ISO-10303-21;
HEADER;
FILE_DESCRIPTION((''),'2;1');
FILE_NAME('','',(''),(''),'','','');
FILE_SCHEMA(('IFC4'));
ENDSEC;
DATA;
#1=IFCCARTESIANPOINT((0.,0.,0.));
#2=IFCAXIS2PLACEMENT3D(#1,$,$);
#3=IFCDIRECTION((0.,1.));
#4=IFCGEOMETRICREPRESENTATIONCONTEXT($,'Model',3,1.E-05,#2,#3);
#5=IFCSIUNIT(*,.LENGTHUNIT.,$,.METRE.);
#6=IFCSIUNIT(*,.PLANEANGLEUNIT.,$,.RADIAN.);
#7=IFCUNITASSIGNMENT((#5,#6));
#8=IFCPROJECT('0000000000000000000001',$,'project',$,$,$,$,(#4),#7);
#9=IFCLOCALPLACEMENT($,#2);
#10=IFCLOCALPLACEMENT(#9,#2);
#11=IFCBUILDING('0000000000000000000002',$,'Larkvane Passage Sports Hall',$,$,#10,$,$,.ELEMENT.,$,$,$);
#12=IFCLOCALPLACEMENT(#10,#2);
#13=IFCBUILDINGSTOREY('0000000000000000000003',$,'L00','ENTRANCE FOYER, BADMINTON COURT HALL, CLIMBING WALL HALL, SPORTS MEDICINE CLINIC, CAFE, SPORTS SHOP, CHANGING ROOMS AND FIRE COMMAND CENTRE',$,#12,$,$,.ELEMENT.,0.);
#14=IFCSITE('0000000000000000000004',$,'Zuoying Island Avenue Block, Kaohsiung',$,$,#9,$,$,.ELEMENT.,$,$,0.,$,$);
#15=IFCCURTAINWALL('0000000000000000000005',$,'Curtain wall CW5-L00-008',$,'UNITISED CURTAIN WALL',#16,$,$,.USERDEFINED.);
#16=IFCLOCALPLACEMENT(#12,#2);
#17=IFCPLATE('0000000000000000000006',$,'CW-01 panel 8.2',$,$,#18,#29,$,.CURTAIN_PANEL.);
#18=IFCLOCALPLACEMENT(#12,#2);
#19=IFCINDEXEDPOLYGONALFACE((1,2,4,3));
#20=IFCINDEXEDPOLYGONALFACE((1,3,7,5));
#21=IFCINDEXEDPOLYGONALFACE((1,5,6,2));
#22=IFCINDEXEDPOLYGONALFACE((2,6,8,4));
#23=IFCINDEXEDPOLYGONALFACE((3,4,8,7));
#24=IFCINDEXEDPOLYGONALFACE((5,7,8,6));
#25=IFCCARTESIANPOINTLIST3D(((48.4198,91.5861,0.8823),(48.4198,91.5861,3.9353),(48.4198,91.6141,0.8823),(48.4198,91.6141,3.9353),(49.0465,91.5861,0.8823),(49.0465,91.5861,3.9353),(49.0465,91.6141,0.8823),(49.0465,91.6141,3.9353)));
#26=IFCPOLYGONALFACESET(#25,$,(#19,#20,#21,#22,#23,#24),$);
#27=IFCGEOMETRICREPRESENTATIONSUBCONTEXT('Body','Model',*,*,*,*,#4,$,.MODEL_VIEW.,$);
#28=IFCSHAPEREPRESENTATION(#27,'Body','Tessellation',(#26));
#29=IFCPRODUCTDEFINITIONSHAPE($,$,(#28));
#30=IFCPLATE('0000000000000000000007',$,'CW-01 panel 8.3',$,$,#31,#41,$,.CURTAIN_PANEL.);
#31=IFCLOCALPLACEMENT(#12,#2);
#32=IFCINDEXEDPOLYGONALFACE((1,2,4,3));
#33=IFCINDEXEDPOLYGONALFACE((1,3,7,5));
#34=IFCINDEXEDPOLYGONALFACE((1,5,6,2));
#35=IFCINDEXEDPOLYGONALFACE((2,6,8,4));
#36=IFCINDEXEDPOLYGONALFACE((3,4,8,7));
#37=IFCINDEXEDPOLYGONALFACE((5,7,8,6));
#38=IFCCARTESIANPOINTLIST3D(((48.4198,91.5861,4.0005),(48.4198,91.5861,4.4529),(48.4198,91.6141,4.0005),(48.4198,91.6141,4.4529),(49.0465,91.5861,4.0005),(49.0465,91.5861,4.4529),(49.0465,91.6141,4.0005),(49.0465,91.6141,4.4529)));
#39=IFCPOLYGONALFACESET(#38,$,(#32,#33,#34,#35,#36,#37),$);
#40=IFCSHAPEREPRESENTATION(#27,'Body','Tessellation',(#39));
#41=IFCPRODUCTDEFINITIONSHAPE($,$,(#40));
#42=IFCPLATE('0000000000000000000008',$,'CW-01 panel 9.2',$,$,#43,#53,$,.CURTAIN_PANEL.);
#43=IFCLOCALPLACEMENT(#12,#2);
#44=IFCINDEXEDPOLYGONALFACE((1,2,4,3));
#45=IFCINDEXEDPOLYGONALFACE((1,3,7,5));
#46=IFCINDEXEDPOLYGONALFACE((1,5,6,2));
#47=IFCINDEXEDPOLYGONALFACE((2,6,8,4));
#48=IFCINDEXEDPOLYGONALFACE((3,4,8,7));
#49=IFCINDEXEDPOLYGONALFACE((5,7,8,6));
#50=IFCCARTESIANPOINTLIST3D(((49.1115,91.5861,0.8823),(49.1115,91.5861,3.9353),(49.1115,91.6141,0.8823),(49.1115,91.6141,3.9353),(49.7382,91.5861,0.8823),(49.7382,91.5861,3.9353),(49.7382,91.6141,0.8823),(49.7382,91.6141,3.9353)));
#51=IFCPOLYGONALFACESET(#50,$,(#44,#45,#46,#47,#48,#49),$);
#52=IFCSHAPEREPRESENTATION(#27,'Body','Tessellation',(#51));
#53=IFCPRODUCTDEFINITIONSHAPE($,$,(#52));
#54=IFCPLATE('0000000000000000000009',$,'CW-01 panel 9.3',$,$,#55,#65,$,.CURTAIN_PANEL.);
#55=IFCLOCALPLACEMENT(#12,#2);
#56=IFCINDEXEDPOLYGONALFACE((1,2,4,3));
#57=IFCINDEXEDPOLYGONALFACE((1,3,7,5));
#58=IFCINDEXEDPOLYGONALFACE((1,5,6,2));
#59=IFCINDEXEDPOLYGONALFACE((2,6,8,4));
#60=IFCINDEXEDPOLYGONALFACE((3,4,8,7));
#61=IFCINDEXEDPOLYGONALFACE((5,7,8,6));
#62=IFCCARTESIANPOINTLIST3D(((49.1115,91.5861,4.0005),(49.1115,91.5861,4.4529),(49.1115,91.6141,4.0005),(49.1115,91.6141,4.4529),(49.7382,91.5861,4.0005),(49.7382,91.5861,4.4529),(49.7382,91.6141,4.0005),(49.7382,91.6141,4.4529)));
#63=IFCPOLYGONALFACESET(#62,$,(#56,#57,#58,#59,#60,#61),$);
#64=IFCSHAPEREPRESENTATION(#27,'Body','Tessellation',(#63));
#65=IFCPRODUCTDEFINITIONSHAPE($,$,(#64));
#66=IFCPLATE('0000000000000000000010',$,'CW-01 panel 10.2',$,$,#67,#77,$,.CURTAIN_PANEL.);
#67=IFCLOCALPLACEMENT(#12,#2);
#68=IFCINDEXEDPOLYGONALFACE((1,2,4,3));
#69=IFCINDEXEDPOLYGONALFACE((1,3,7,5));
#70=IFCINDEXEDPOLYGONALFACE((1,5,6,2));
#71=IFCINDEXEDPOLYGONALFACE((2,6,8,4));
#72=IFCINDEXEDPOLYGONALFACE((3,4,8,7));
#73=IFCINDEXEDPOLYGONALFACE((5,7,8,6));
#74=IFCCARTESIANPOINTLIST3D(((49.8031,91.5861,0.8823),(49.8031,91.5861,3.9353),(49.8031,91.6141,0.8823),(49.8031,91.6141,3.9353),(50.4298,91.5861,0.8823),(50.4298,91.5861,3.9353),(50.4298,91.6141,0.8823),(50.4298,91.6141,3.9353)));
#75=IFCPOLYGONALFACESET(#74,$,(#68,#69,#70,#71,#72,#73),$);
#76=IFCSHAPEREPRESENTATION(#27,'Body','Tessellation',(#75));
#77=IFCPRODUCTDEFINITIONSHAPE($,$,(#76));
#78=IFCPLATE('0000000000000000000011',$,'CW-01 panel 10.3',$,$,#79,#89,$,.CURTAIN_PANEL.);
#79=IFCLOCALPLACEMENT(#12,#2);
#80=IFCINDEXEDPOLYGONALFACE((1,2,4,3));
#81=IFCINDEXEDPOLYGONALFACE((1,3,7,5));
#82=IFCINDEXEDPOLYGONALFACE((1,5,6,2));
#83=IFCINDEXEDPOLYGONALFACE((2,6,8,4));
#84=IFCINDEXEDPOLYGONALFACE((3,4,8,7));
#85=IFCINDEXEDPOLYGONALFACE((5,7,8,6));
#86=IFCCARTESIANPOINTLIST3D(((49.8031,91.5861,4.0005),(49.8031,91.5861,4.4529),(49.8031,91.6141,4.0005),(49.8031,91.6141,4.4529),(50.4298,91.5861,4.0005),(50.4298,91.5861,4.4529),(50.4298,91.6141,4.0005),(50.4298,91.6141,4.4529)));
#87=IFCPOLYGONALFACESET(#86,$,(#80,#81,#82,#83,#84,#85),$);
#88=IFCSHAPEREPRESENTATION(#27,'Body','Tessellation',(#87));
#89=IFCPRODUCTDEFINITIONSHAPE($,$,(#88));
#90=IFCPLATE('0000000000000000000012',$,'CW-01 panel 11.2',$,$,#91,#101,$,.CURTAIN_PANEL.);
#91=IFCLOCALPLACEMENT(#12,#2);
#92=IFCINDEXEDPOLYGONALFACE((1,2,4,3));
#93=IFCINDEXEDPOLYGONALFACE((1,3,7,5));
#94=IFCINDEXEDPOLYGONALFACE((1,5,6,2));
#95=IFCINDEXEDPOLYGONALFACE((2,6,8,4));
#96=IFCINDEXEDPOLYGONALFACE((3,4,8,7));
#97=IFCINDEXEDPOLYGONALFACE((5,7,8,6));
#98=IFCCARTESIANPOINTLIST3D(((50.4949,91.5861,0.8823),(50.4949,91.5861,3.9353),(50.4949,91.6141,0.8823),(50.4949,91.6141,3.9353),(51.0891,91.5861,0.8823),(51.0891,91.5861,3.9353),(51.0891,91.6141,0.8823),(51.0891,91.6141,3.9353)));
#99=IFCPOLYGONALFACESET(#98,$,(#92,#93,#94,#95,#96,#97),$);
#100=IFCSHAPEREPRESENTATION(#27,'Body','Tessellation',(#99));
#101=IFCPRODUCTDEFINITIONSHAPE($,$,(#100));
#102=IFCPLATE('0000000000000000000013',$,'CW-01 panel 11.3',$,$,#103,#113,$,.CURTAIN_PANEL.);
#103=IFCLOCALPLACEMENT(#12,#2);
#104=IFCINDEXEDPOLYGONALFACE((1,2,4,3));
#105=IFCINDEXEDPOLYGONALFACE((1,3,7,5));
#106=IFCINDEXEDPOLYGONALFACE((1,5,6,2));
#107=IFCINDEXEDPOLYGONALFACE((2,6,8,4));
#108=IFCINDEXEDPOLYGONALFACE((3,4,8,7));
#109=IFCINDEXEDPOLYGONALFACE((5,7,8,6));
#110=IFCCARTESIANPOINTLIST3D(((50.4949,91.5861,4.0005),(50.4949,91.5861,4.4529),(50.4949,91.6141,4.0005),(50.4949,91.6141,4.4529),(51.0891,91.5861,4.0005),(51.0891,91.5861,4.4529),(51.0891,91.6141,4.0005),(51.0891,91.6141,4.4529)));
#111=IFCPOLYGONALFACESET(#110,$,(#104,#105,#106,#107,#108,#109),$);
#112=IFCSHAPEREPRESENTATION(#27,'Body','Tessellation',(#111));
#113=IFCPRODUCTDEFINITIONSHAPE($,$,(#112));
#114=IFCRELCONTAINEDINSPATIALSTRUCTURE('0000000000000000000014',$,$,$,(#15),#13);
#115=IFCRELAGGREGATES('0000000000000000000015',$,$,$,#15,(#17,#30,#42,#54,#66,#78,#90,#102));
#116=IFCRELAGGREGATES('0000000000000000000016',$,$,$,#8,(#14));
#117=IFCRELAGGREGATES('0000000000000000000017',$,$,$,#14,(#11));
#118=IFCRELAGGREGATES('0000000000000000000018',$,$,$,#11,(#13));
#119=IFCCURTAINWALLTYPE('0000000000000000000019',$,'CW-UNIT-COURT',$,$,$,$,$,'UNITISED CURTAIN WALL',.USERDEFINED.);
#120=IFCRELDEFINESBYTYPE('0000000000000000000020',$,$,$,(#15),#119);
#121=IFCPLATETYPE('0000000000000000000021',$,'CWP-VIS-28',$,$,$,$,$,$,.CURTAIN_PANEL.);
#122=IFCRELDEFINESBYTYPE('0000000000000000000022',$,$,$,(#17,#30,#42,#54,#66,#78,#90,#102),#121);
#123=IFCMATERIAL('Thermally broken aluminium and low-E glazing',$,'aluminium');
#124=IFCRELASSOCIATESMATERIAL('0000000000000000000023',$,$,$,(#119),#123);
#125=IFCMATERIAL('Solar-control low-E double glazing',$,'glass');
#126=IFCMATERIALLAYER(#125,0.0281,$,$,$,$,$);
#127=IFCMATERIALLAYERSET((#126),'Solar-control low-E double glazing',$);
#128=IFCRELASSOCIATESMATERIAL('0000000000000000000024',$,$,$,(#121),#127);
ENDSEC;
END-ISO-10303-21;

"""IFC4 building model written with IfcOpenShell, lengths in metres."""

from ifc_helpers import new_model, si_unit, direction, frame, origin, origin_2d, place, context, subcontext, project, spatial, rectangle, extrude, material, layer, layer_set, type_object, element, aggregate, save


model = new_model("IFC4")

# Units and contexts
model_context = context("Model", 3, precision=1e-05, world=origin(), true_north=direction((0.0, 1.0)))
body_context = subcontext(model_context, "Body", "Model", "MODEL_VIEW")
ifc_project = project(units=[si_unit("LENGTHUNIT", "METRE"), si_unit("PLANEANGLEUNIT", "RADIAN")], contexts=[model_context])

# Site, building, storey
site_placement = place(None, origin())
site = spatial("IfcSite", under=ifc_project, at=site_placement, Name="Zuoying Island Avenue Block, Kaohsiung", CompositionType="ELEMENT", RefElevation=0.0)
building_placement = place(site_placement, origin())
building = spatial("IfcBuilding", under=site, at=building_placement, Name="Larkvane Passage Sports Hall", CompositionType="ELEMENT")
storey_placement = place(building_placement, origin())
storey = spatial("IfcBuildingStorey", under=building, at=storey_placement, Name="L00", Description="ENTRANCE FOYER, BADMINTON COURT HALL, CLIMBING WALL HALL, SPORTS MEDICINE CLINIC, CAFE, SPORTS SHOP, CHANGING ROOMS AND FIRE COMMAND CENTRE", CompositionType="ELEMENT", Elevation=0.0)

# Curtain wall, plates
ifc_material_1 = material(Name="Thermally broken aluminium and low-E glazing", Category="aluminium")
curtain_wall_type = type_object("IfcCurtainWallType", Name="CW-UNIT-COURT", ElementType="UNITISED CURTAIN WALL", PredefinedType="USERDEFINED", material=ifc_material_1)
curtain_wall_placement = place(storey_placement, origin())
curtain_wall = element("IfcCurtainWall", 1, at=curtain_wall_placement, inside=storey, type_object=curtain_wall_type, Name="Curtain wall CW5-L00-008", ObjectType="UNITISED CURTAIN WALL", PredefinedType="USERDEFINED")
ifc_material_2 = material(Name="Solar-control low-E double glazing", Category="glass")
ifc_layer = layer(ifc_material_2, 0.0281)
ifc_layer_set = layer_set([ifc_layer], Name="Solar-control low-E double glazing")
plate_type = type_object("IfcPlateType", Name="CWP-VIS-28", PredefinedType="CURTAIN_PANEL", material=ifc_layer_set)
plate_1_placement = place(storey_placement, frame((48.7332, 91.6001, 0.8823), z_axis=(0.0, 0.0, 1.0), x_axis=(1.0, 0.0, 0.0)))
plate_1 = element("IfcPlate", 2, at=plate_1_placement, type_object=plate_type, Name="CW-01 panel 8.2", PredefinedType="CURTAIN_PANEL", context=body_context, shape_type="SweptSolid", body=[
    extrude(rectangle(XDim=0.6267, YDim=0.0281, at=origin_2d()), origin(), (0.0, 0.0, 1.0), 3.053),
])
plate_2_placement = place(storey_placement, frame((48.7332, 91.6001, 4.0005), z_axis=(0.0, 0.0, 1.0), x_axis=(1.0, 0.0, 0.0)))
plate_2 = element("IfcPlate", 3, at=plate_2_placement, type_object=plate_type, Name="CW-01 panel 8.3", PredefinedType="CURTAIN_PANEL", context=body_context, shape_type="SweptSolid", body=[
    extrude(rectangle(XDim=0.6267, YDim=0.0281, at=origin_2d()), origin(), (0.0, 0.0, 1.0), 0.4524),
])
plate_3_placement = place(storey_placement, frame((49.4248, 91.6001, 0.8823), z_axis=(0.0, 0.0, 1.0), x_axis=(1.0, 0.0, 0.0)))
plate_3 = element("IfcPlate", 4, at=plate_3_placement, type_object=plate_type, Name="CW-01 panel 9.2", PredefinedType="CURTAIN_PANEL", context=body_context, shape_type="SweptSolid", body=[
    extrude(rectangle(XDim=0.6267, YDim=0.0281, at=origin_2d()), origin(), (0.0, 0.0, 1.0), 3.053),
])
plate_4_placement = place(storey_placement, frame((49.4248, 91.6001, 4.0005), z_axis=(0.0, 0.0, 1.0), x_axis=(1.0, 0.0, 0.0)))
plate_4 = element("IfcPlate", 5, at=plate_4_placement, type_object=plate_type, Name="CW-01 panel 9.3", PredefinedType="CURTAIN_PANEL", context=body_context, shape_type="SweptSolid", body=[
    extrude(rectangle(XDim=0.6267, YDim=0.0281, at=origin_2d()), origin(), (0.0, 0.0, 1.0), 0.4524),
])
plate_5_placement = place(storey_placement, frame((50.1165, 91.6001, 0.8823), z_axis=(0.0, 0.0, 1.0), x_axis=(1.0, 0.0, 0.0)))
plate_5 = element("IfcPlate", 6, at=plate_5_placement, type_object=plate_type, Name="CW-01 panel 10.2", PredefinedType="CURTAIN_PANEL", context=body_context, shape_type="SweptSolid", body=[
    extrude(rectangle(XDim=0.6267, YDim=0.0281, at=origin_2d()), origin(), (0.0, 0.0, 1.0), 3.053),
])
plate_6_placement = place(storey_placement, frame((50.1165, 91.6001, 4.0005), z_axis=(0.0, 0.0, 1.0), x_axis=(1.0, 0.0, 0.0)))
plate_6 = element("IfcPlate", 7, at=plate_6_placement, type_object=plate_type, Name="CW-01 panel 10.3", PredefinedType="CURTAIN_PANEL", context=body_context, shape_type="SweptSolid", body=[
    extrude(rectangle(XDim=0.6267, YDim=0.0281, at=origin_2d()), origin(), (0.0, 0.0, 1.0), 0.4524),
])
plate_7_placement = place(storey_placement, frame((50.792, 91.6001, 0.8823), z_axis=(0.0, 0.0, 1.0), x_axis=(1.0, 0.0, 0.0)))
plate_7 = element("IfcPlate", 8, at=plate_7_placement, type_object=plate_type, Name="CW-01 panel 11.2", PredefinedType="CURTAIN_PANEL", context=body_context, shape_type="SweptSolid", body=[
    extrude(rectangle(XDim=0.5942, YDim=0.0281, at=origin_2d()), origin(), (0.0, 0.0, 1.0), 3.053),
])
plate_8_placement = place(storey_placement, frame((50.792, 91.6001, 4.0005), z_axis=(0.0, 0.0, 1.0), x_axis=(1.0, 0.0, 0.0)))
plate_8 = element("IfcPlate", 9, at=plate_8_placement, type_object=plate_type, Name="CW-01 panel 11.3", PredefinedType="CURTAIN_PANEL", context=body_context, shape_type="SweptSolid", body=[
    extrude(rectangle(XDim=0.5942, YDim=0.0281, at=origin_2d()), origin(), (0.0, 0.0, 1.0), 0.4524),
])
aggregate(curtain_wall, [plate_1, plate_2, plate_3, plate_4, plate_5, plate_6, plate_7, plate_8])

save(model, "model.ifc")
